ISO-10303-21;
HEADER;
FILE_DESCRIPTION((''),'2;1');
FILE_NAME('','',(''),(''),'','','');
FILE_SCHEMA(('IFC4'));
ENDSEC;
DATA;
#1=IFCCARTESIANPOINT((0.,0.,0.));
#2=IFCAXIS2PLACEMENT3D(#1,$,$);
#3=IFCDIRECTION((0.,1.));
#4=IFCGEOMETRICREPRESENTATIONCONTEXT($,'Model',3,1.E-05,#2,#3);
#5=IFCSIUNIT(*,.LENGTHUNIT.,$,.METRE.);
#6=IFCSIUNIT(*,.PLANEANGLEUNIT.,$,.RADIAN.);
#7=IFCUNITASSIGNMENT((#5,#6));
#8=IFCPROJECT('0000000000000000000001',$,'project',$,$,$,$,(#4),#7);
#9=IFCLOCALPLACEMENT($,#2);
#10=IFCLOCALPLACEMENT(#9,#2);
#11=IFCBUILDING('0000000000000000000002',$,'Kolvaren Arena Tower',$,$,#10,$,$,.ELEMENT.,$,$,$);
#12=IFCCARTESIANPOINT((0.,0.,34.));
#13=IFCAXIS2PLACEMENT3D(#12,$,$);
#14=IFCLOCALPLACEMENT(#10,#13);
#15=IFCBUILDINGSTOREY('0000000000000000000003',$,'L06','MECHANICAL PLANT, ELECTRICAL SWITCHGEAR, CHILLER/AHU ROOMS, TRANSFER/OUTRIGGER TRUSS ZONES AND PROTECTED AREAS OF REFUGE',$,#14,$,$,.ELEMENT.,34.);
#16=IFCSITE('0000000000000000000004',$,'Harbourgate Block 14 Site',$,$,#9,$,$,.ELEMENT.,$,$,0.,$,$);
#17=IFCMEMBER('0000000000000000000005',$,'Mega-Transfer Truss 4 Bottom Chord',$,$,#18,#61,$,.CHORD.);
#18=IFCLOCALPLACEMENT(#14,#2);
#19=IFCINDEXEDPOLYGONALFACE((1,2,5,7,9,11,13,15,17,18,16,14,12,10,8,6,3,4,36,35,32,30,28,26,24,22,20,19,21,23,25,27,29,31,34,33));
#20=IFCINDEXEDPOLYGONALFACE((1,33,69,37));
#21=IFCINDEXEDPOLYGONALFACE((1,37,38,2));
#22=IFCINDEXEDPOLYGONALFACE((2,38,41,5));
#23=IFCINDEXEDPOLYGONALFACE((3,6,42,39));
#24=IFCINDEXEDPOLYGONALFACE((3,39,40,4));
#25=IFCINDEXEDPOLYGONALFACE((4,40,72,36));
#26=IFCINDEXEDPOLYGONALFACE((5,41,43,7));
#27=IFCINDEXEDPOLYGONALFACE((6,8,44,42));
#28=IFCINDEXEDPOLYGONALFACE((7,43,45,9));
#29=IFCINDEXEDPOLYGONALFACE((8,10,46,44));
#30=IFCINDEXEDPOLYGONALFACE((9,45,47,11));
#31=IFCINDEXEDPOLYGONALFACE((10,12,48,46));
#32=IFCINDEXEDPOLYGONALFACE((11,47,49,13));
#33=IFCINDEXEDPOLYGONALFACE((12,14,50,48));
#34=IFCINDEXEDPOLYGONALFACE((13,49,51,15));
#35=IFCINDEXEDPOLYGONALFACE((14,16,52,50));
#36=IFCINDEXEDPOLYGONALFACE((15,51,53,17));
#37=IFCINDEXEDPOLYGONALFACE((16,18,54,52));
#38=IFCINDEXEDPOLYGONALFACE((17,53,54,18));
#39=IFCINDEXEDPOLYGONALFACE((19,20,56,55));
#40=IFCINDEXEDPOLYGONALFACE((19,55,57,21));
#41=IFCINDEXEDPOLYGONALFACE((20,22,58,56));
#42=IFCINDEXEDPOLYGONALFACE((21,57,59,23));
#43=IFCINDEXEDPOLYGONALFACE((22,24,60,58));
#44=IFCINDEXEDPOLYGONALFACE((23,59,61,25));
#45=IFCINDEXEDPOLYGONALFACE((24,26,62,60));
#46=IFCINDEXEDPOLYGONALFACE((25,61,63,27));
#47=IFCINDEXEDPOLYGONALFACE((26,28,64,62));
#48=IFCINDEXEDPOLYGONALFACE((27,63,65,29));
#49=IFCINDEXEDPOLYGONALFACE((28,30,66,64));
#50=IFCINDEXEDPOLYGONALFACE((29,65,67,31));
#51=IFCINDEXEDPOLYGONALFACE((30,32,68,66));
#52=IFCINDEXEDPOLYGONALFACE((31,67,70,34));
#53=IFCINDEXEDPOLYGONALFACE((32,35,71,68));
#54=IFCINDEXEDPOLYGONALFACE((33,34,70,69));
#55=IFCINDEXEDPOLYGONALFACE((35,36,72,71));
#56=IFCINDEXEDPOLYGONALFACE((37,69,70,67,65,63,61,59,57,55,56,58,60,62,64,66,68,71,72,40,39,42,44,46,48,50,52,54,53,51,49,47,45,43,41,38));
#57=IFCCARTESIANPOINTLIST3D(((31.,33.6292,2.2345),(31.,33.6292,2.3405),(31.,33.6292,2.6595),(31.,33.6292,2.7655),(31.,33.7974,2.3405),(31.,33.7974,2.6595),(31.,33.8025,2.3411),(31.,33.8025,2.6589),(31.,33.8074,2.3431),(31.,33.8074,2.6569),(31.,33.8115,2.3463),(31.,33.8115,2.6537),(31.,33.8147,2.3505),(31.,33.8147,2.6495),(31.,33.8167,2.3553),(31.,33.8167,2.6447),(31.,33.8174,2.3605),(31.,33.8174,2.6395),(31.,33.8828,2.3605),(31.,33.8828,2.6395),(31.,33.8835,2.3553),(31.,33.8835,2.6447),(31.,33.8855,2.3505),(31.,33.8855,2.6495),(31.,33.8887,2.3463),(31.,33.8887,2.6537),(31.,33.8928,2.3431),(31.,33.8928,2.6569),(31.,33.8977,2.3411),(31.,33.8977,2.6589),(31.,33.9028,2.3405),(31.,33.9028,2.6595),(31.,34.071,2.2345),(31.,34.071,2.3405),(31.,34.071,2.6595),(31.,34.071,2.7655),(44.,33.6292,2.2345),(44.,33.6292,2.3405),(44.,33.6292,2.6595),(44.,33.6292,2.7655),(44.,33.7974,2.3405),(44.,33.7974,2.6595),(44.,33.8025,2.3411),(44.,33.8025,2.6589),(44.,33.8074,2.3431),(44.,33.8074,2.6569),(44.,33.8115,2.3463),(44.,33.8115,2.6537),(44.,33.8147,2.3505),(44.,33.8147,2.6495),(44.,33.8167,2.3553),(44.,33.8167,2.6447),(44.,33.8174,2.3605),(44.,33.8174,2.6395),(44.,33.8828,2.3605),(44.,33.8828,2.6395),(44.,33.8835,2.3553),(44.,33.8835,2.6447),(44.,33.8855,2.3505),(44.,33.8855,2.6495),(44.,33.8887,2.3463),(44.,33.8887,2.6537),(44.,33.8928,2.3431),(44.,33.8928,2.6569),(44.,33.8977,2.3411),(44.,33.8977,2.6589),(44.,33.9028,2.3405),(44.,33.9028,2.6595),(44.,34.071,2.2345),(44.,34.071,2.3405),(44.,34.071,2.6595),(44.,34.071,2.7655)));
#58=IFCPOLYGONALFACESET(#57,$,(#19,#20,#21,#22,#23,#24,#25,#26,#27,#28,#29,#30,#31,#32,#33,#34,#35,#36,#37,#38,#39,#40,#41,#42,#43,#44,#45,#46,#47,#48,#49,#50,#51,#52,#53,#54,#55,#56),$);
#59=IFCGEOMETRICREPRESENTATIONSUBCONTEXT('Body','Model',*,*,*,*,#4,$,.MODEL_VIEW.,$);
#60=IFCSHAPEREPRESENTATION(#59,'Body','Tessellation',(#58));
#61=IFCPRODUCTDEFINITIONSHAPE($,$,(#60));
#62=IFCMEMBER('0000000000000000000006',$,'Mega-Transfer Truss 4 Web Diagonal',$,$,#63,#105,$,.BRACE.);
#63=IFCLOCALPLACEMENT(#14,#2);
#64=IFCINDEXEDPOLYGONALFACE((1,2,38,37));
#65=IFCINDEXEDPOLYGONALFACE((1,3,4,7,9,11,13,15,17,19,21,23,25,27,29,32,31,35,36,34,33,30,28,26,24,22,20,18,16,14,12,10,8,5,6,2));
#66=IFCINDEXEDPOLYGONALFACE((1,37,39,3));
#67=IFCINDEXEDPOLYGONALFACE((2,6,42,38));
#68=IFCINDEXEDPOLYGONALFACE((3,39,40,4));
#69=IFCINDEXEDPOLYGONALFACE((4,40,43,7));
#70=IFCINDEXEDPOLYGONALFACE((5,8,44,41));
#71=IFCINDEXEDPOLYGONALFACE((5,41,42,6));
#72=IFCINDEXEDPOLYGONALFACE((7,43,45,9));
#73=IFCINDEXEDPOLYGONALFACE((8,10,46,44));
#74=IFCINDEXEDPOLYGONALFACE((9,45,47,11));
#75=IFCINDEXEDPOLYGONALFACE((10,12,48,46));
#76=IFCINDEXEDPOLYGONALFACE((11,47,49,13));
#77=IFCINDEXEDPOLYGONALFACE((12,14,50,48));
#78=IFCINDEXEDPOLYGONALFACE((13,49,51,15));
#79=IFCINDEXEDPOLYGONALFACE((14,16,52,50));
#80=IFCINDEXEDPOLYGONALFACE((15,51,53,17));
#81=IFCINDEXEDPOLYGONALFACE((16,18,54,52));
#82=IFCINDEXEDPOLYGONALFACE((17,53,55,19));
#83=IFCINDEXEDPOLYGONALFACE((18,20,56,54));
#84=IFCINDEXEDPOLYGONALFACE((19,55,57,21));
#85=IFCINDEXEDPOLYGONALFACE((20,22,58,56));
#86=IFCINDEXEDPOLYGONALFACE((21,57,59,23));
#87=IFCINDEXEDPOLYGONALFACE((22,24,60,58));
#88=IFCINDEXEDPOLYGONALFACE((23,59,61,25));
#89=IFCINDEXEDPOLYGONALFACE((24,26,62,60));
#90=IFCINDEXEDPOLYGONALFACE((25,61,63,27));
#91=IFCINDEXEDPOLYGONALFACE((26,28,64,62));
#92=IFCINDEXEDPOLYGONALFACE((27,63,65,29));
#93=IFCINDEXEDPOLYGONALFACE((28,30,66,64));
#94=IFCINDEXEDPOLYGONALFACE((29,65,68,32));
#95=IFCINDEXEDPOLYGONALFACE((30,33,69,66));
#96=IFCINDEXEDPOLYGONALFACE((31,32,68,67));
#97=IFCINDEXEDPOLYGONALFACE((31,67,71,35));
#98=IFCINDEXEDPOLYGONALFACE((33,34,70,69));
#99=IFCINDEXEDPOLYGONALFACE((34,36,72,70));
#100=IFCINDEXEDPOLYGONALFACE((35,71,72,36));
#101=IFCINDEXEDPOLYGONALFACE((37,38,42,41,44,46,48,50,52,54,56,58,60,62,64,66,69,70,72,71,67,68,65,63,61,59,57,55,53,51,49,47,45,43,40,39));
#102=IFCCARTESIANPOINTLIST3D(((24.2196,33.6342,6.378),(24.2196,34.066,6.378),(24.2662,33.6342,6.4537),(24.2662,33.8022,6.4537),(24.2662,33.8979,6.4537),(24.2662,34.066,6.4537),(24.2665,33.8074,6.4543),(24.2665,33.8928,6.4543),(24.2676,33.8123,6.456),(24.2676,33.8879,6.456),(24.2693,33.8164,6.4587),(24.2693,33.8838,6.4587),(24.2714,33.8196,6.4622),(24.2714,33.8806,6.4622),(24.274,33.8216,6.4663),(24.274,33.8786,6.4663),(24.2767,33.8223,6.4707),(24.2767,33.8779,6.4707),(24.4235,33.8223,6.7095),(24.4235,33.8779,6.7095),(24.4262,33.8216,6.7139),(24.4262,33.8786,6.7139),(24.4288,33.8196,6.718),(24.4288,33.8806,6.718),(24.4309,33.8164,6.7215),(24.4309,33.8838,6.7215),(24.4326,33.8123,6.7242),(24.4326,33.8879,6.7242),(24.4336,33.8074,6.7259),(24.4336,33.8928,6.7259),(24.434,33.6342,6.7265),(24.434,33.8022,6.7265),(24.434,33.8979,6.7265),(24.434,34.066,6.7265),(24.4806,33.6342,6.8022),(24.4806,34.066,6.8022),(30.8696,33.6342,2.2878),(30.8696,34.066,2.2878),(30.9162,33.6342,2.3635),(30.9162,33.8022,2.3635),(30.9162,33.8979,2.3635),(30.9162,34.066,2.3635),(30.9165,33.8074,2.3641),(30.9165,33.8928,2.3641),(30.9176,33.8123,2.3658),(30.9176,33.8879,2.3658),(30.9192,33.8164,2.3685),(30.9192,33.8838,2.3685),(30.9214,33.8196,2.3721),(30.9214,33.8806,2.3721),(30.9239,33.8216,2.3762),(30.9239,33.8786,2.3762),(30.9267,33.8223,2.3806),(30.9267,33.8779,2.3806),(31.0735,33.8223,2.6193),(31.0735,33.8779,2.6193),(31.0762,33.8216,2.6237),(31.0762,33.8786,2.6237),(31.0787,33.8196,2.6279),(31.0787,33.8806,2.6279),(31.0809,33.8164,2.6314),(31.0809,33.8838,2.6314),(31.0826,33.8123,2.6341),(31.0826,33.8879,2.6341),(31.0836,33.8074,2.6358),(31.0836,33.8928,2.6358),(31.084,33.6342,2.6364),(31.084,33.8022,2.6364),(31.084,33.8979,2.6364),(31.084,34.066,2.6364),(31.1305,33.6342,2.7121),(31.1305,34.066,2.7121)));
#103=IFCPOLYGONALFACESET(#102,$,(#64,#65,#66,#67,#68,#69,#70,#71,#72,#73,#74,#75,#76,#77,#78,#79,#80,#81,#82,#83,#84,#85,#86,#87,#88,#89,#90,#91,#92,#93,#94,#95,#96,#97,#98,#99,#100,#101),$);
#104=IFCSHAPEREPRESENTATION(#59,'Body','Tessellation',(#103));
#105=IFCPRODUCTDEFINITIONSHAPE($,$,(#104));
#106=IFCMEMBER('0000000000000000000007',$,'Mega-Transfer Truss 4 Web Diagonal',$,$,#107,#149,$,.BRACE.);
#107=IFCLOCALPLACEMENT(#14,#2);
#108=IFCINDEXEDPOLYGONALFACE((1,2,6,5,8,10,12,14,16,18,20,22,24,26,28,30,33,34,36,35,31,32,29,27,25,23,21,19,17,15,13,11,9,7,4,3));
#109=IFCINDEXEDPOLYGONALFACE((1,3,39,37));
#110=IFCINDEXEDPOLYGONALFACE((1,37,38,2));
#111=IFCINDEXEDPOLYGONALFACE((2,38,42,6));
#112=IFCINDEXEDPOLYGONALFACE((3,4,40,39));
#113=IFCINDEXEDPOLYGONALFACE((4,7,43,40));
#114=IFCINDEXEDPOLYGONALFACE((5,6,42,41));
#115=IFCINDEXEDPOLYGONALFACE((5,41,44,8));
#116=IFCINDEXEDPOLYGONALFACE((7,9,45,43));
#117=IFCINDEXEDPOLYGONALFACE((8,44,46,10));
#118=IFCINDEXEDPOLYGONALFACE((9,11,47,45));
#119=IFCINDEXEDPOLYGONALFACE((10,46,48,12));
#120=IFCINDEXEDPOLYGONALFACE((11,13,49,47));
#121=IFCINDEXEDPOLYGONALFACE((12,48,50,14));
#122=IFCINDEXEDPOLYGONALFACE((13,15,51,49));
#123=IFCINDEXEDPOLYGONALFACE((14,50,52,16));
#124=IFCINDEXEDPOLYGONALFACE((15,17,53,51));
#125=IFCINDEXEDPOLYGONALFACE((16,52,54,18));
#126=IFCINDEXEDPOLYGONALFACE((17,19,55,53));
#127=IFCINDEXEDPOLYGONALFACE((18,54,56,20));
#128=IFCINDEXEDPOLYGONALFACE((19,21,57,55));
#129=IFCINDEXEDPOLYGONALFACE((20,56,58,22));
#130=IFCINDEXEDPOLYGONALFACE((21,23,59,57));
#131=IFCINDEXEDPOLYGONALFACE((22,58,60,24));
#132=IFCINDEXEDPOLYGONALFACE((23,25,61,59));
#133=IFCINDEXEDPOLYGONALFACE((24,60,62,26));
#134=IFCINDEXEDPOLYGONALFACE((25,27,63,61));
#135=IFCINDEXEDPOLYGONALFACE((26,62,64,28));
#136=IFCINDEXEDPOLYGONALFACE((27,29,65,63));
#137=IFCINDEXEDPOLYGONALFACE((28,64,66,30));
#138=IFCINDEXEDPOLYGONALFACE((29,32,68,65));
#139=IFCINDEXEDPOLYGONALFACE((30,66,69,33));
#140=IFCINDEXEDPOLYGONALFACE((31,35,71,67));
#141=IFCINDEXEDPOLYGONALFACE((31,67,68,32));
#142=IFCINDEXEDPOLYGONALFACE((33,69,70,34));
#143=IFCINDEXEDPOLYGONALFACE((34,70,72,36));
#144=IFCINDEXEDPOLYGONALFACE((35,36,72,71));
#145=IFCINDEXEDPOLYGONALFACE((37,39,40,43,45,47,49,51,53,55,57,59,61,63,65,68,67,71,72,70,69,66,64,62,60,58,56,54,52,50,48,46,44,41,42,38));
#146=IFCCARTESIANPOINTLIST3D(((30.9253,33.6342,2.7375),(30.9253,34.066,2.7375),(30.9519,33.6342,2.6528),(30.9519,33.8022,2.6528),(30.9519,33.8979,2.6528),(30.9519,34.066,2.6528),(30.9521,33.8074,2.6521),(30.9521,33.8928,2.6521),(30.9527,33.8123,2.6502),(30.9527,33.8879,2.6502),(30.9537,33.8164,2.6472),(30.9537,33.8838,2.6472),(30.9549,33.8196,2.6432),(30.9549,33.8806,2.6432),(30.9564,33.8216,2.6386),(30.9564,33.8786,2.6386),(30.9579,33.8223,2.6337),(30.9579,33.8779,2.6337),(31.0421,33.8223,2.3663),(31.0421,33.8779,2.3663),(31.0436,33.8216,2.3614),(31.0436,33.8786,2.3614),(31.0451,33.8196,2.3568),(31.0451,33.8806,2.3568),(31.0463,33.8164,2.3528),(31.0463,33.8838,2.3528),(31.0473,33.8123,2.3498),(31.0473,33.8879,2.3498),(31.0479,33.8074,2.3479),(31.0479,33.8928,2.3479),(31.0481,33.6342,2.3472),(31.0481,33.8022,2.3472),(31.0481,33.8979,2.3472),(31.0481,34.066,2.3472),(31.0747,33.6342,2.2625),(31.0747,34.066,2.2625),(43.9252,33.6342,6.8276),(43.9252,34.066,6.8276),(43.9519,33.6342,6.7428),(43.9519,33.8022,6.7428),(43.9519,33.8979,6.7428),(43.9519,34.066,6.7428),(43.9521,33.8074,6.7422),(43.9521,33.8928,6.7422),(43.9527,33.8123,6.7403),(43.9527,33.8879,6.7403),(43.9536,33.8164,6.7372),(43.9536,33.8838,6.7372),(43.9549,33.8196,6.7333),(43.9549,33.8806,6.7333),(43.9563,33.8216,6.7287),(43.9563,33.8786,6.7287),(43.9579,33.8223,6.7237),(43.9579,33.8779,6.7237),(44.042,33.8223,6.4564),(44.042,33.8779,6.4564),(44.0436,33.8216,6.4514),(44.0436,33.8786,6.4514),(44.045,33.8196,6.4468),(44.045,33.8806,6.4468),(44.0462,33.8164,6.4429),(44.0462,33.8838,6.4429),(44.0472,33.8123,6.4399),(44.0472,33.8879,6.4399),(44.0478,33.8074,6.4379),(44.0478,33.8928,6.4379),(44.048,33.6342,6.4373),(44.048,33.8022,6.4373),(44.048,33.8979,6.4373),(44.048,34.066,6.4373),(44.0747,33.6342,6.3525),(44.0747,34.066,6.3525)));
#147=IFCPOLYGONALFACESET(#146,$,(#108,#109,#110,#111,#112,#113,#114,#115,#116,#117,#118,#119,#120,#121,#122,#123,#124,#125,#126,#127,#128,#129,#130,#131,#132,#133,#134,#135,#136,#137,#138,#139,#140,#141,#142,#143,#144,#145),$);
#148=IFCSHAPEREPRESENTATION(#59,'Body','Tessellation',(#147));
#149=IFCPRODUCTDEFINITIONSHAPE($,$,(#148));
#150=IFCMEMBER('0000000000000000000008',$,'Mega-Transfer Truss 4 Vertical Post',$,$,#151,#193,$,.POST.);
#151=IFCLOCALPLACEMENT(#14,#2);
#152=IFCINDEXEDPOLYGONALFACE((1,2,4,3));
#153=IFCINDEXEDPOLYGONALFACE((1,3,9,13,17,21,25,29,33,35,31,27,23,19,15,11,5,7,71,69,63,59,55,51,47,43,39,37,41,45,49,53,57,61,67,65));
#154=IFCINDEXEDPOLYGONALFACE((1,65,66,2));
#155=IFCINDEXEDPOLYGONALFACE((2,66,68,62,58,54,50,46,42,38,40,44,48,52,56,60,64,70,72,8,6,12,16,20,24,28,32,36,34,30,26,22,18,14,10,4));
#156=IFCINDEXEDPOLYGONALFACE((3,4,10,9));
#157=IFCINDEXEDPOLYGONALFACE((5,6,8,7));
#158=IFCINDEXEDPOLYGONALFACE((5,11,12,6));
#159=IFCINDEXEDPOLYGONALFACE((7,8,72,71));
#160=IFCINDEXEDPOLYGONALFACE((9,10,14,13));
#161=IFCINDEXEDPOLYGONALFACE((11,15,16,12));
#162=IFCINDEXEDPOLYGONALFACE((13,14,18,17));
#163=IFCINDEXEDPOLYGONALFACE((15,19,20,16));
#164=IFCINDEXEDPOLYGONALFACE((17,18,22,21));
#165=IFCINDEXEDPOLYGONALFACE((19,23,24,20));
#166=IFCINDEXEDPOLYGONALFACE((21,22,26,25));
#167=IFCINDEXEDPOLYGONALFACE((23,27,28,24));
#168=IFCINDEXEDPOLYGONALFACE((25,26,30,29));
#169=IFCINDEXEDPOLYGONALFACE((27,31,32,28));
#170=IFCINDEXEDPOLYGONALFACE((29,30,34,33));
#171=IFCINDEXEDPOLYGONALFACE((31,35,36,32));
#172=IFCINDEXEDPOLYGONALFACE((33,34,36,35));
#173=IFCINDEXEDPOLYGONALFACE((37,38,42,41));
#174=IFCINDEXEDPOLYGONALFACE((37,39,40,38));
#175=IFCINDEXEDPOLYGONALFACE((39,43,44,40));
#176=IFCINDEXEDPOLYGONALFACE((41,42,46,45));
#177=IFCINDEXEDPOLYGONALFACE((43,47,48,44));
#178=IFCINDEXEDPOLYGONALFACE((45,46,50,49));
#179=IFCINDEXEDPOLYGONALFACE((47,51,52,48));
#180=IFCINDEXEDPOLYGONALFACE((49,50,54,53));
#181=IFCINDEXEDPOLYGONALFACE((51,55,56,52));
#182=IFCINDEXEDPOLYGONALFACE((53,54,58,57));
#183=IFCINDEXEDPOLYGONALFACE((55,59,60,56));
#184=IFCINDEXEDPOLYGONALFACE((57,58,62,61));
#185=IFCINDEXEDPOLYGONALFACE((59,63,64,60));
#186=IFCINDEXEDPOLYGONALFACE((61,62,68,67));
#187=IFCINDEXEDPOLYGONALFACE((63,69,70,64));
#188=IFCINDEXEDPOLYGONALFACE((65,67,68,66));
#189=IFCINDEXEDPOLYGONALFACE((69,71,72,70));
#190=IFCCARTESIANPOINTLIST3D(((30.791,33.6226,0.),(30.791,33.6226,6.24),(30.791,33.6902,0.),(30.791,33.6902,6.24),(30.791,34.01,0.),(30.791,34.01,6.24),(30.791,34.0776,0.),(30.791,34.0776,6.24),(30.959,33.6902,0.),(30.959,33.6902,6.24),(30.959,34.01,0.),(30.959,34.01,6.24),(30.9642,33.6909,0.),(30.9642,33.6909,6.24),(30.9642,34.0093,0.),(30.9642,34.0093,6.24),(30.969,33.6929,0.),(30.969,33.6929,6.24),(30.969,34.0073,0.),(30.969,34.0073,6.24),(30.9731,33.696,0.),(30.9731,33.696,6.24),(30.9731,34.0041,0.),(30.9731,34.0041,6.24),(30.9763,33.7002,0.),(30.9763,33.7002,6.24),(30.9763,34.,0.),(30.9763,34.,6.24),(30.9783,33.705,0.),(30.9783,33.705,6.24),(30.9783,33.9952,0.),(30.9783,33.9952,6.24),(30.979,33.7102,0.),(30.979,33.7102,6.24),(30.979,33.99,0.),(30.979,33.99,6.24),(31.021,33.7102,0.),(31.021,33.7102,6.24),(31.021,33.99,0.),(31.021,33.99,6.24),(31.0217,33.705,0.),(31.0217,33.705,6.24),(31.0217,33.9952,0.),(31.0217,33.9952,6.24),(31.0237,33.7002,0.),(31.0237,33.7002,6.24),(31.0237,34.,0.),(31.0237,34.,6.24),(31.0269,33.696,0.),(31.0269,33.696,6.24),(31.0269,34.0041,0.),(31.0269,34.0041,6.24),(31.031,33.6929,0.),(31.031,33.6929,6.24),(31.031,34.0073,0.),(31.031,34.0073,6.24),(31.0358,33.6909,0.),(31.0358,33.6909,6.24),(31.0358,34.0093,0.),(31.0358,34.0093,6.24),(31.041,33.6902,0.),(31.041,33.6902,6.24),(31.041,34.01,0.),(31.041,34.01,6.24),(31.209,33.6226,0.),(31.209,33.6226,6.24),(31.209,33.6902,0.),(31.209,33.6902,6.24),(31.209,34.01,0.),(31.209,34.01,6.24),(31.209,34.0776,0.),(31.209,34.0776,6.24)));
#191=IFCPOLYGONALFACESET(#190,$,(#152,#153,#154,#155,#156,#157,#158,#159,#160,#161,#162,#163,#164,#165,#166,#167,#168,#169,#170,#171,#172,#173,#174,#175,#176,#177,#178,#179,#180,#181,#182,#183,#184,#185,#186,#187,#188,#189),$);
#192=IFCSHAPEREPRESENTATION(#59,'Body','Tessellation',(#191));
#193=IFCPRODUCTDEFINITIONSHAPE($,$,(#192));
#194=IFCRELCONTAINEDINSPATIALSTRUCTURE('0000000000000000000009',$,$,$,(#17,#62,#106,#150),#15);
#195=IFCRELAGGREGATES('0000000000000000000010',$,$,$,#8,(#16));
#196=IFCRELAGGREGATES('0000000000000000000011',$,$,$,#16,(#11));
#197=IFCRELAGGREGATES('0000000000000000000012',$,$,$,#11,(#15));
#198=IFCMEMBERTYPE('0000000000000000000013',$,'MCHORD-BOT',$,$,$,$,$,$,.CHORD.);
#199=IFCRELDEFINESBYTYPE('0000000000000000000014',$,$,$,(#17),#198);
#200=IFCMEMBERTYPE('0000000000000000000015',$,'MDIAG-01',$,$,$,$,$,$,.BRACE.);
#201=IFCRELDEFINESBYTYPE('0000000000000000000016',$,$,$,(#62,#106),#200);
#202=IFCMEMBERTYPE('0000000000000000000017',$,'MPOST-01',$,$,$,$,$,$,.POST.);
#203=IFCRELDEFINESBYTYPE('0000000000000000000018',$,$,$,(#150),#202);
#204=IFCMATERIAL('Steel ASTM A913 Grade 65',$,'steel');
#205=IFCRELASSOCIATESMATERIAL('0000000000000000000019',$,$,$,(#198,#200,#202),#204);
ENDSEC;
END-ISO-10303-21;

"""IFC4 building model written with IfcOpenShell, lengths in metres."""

from ifc_helpers import new_model, si_unit, direction, frame, origin, origin_2d, place, context, subcontext, project, spatial, i_section, extrude, material, material_profile, profile_set, type_object, element, save


model = new_model("IFC4")

# Units and contexts
model_context = context("Model", 3, precision=1e-05, world=origin(), true_north=direction((0.0, 1.0)))
body_context = subcontext(model_context, "Body", "Model", "MODEL_VIEW")
ifc_project = project(units=[si_unit("LENGTHUNIT", "METRE"), si_unit("PLANEANGLEUNIT", "RADIAN")], contexts=[model_context])

# Site, building, storey
site_placement = place(None, origin())
site = spatial("IfcSite", under=ifc_project, at=site_placement, Name="Harbourgate Block 14 Site", CompositionType="ELEMENT", RefElevation=0.0)
building_placement = place(site_placement, origin())
building = spatial("IfcBuilding", under=site, at=building_placement, Name="Kolvaren Arena Tower", CompositionType="ELEMENT")
storey_placement = place(building_placement, frame((0.0, 0.0, 34.0)))
storey = spatial("IfcBuildingStorey", under=building, at=storey_placement, Name="L06", Description="MECHANICAL PLANT, ELECTRICAL SWITCHGEAR, CHILLER/AHU ROOMS, TRANSFER/OUTRIGGER TRUSS ZONES AND PROTECTED AREAS OF REFUGE", CompositionType="ELEMENT", Elevation=34.0)

# Shared definitions
ifc_material_1 = material(Name="Steel ASTM A913 Grade 65", Category="steel")

# Members
ifc_material_profile_1 = material_profile(ifc_material_1, i_section(OverallWidth=0.4419, OverallDepth=0.531, WebThickness=0.0654, FlangeThickness=0.106, FilletRadius=0.02, at=origin_2d()), Name="W360x900")
ifc_profile_set_1 = profile_set([ifc_material_profile_1], Name="Steel ASTM A913 Grade 65")
member_type_1 = type_object("IfcMemberType", Name="MCHORD-BOT", PredefinedType="CHORD", material=ifc_profile_set_1)
member_1_placement = place(storey_placement, frame((31.0, 33.8501, 2.5), z_axis=(1.0, 0.0, 0.0), x_axis=(0.0, 1.0, 0.0)))
element("IfcMember", 1, at=member_1_placement, inside=storey, type_object=member_type_1, Name="Mega-Transfer Truss 4 Bottom Chord", PredefinedType="CHORD", context=body_context, shape_type="SweptSolid", body=[
    extrude(i_section(OverallWidth=0.4419, OverallDepth=0.531, WebThickness=0.0654, FlangeThickness=0.106, FilletRadius=0.02, at=origin_2d()), origin(), (0.0, 0.0, 1.0), 13.0),
])
ifc_material_profile_2 = material_profile(ifc_material_1, i_section(OverallWidth=0.4319, OverallDepth=0.498, WebThickness=0.0557, FlangeThickness=0.0889, FilletRadius=0.02, at=origin_2d()), Name="W360x744")
ifc_profile_set_2 = profile_set([ifc_material_profile_2], Name="Steel ASTM A913 Grade 65")
member_type_2 = type_object("IfcMemberType", Name="MDIAG-01", PredefinedType="BRACE", material=ifc_profile_set_2)
member_2_placement = place(storey_placement, frame((24.3501, 33.8501, 6.5901), z_axis=(0.851782, 0.0, -0.523897), x_axis=(0.0, 1.0, 0.0)))
element("IfcMember", 2, at=member_2_placement, inside=storey, type_object=member_type_2, Name="Mega-Transfer Truss 4 Web Diagonal", PredefinedType="BRACE", context=body_context, shape_type="SweptSolid", body=[
    extrude(i_section(OverallWidth=0.4319, OverallDepth=0.498, WebThickness=0.0557, FlangeThickness=0.0889, FilletRadius=0.02, at=origin_2d()), origin(), (0.0, 0.0, 1.0), 7.8071),
])
member_3_placement = place(storey_placement, frame((31.0, 33.8501, 2.5), z_axis=(0.953902, 0.0, 0.300119), x_axis=(0.0, 1.0, 0.0)))
element("IfcMember", 3, at=member_3_placement, inside=storey, type_object=member_type_2, Name="Mega-Transfer Truss 4 Web Diagonal", PredefinedType="BRACE", context=body_context, shape_type="SweptSolid", body=[
    extrude(i_section(OverallWidth=0.4319, OverallDepth=0.498, WebThickness=0.0557, FlangeThickness=0.0889, FilletRadius=0.02, at=origin_2d()), origin(), (0.0, 0.0, 1.0), 13.6282),
])
ifc_material_profile_3 = material_profile(ifc_material_1, i_section(OverallWidth=0.418, OverallDepth=0.4551, WebThickness=0.042, FlangeThickness=0.0676, FilletRadius=0.02, at=origin_2d()), Name="W360x551")
ifc_profile_set_3 = profile_set([ifc_material_profile_3], Name="Steel ASTM A913 Grade 65")
member_type_3 = type_object("IfcMemberType", Name="MPOST-01", PredefinedType="POST", material=ifc_profile_set_3)
member_4_placement = place(storey_placement, frame((31.0, 33.8501, 0.0), z_axis=(0.0, 0.0, 1.0), x_axis=(1.0, 0.0, 0.0)))
element("IfcMember", 4, at=member_4_placement, inside=storey, type_object=member_type_3, Name="Mega-Transfer Truss 4 Vertical Post", PredefinedType="POST", context=body_context, shape_type="SweptSolid", body=[
    extrude(i_section(OverallWidth=0.418, OverallDepth=0.4551, WebThickness=0.042, FlangeThickness=0.0676, FilletRadius=0.02, at=origin_2d()), origin(), (0.0, 0.0, 1.0), 6.24),
])

save(model, "model.ifc")
